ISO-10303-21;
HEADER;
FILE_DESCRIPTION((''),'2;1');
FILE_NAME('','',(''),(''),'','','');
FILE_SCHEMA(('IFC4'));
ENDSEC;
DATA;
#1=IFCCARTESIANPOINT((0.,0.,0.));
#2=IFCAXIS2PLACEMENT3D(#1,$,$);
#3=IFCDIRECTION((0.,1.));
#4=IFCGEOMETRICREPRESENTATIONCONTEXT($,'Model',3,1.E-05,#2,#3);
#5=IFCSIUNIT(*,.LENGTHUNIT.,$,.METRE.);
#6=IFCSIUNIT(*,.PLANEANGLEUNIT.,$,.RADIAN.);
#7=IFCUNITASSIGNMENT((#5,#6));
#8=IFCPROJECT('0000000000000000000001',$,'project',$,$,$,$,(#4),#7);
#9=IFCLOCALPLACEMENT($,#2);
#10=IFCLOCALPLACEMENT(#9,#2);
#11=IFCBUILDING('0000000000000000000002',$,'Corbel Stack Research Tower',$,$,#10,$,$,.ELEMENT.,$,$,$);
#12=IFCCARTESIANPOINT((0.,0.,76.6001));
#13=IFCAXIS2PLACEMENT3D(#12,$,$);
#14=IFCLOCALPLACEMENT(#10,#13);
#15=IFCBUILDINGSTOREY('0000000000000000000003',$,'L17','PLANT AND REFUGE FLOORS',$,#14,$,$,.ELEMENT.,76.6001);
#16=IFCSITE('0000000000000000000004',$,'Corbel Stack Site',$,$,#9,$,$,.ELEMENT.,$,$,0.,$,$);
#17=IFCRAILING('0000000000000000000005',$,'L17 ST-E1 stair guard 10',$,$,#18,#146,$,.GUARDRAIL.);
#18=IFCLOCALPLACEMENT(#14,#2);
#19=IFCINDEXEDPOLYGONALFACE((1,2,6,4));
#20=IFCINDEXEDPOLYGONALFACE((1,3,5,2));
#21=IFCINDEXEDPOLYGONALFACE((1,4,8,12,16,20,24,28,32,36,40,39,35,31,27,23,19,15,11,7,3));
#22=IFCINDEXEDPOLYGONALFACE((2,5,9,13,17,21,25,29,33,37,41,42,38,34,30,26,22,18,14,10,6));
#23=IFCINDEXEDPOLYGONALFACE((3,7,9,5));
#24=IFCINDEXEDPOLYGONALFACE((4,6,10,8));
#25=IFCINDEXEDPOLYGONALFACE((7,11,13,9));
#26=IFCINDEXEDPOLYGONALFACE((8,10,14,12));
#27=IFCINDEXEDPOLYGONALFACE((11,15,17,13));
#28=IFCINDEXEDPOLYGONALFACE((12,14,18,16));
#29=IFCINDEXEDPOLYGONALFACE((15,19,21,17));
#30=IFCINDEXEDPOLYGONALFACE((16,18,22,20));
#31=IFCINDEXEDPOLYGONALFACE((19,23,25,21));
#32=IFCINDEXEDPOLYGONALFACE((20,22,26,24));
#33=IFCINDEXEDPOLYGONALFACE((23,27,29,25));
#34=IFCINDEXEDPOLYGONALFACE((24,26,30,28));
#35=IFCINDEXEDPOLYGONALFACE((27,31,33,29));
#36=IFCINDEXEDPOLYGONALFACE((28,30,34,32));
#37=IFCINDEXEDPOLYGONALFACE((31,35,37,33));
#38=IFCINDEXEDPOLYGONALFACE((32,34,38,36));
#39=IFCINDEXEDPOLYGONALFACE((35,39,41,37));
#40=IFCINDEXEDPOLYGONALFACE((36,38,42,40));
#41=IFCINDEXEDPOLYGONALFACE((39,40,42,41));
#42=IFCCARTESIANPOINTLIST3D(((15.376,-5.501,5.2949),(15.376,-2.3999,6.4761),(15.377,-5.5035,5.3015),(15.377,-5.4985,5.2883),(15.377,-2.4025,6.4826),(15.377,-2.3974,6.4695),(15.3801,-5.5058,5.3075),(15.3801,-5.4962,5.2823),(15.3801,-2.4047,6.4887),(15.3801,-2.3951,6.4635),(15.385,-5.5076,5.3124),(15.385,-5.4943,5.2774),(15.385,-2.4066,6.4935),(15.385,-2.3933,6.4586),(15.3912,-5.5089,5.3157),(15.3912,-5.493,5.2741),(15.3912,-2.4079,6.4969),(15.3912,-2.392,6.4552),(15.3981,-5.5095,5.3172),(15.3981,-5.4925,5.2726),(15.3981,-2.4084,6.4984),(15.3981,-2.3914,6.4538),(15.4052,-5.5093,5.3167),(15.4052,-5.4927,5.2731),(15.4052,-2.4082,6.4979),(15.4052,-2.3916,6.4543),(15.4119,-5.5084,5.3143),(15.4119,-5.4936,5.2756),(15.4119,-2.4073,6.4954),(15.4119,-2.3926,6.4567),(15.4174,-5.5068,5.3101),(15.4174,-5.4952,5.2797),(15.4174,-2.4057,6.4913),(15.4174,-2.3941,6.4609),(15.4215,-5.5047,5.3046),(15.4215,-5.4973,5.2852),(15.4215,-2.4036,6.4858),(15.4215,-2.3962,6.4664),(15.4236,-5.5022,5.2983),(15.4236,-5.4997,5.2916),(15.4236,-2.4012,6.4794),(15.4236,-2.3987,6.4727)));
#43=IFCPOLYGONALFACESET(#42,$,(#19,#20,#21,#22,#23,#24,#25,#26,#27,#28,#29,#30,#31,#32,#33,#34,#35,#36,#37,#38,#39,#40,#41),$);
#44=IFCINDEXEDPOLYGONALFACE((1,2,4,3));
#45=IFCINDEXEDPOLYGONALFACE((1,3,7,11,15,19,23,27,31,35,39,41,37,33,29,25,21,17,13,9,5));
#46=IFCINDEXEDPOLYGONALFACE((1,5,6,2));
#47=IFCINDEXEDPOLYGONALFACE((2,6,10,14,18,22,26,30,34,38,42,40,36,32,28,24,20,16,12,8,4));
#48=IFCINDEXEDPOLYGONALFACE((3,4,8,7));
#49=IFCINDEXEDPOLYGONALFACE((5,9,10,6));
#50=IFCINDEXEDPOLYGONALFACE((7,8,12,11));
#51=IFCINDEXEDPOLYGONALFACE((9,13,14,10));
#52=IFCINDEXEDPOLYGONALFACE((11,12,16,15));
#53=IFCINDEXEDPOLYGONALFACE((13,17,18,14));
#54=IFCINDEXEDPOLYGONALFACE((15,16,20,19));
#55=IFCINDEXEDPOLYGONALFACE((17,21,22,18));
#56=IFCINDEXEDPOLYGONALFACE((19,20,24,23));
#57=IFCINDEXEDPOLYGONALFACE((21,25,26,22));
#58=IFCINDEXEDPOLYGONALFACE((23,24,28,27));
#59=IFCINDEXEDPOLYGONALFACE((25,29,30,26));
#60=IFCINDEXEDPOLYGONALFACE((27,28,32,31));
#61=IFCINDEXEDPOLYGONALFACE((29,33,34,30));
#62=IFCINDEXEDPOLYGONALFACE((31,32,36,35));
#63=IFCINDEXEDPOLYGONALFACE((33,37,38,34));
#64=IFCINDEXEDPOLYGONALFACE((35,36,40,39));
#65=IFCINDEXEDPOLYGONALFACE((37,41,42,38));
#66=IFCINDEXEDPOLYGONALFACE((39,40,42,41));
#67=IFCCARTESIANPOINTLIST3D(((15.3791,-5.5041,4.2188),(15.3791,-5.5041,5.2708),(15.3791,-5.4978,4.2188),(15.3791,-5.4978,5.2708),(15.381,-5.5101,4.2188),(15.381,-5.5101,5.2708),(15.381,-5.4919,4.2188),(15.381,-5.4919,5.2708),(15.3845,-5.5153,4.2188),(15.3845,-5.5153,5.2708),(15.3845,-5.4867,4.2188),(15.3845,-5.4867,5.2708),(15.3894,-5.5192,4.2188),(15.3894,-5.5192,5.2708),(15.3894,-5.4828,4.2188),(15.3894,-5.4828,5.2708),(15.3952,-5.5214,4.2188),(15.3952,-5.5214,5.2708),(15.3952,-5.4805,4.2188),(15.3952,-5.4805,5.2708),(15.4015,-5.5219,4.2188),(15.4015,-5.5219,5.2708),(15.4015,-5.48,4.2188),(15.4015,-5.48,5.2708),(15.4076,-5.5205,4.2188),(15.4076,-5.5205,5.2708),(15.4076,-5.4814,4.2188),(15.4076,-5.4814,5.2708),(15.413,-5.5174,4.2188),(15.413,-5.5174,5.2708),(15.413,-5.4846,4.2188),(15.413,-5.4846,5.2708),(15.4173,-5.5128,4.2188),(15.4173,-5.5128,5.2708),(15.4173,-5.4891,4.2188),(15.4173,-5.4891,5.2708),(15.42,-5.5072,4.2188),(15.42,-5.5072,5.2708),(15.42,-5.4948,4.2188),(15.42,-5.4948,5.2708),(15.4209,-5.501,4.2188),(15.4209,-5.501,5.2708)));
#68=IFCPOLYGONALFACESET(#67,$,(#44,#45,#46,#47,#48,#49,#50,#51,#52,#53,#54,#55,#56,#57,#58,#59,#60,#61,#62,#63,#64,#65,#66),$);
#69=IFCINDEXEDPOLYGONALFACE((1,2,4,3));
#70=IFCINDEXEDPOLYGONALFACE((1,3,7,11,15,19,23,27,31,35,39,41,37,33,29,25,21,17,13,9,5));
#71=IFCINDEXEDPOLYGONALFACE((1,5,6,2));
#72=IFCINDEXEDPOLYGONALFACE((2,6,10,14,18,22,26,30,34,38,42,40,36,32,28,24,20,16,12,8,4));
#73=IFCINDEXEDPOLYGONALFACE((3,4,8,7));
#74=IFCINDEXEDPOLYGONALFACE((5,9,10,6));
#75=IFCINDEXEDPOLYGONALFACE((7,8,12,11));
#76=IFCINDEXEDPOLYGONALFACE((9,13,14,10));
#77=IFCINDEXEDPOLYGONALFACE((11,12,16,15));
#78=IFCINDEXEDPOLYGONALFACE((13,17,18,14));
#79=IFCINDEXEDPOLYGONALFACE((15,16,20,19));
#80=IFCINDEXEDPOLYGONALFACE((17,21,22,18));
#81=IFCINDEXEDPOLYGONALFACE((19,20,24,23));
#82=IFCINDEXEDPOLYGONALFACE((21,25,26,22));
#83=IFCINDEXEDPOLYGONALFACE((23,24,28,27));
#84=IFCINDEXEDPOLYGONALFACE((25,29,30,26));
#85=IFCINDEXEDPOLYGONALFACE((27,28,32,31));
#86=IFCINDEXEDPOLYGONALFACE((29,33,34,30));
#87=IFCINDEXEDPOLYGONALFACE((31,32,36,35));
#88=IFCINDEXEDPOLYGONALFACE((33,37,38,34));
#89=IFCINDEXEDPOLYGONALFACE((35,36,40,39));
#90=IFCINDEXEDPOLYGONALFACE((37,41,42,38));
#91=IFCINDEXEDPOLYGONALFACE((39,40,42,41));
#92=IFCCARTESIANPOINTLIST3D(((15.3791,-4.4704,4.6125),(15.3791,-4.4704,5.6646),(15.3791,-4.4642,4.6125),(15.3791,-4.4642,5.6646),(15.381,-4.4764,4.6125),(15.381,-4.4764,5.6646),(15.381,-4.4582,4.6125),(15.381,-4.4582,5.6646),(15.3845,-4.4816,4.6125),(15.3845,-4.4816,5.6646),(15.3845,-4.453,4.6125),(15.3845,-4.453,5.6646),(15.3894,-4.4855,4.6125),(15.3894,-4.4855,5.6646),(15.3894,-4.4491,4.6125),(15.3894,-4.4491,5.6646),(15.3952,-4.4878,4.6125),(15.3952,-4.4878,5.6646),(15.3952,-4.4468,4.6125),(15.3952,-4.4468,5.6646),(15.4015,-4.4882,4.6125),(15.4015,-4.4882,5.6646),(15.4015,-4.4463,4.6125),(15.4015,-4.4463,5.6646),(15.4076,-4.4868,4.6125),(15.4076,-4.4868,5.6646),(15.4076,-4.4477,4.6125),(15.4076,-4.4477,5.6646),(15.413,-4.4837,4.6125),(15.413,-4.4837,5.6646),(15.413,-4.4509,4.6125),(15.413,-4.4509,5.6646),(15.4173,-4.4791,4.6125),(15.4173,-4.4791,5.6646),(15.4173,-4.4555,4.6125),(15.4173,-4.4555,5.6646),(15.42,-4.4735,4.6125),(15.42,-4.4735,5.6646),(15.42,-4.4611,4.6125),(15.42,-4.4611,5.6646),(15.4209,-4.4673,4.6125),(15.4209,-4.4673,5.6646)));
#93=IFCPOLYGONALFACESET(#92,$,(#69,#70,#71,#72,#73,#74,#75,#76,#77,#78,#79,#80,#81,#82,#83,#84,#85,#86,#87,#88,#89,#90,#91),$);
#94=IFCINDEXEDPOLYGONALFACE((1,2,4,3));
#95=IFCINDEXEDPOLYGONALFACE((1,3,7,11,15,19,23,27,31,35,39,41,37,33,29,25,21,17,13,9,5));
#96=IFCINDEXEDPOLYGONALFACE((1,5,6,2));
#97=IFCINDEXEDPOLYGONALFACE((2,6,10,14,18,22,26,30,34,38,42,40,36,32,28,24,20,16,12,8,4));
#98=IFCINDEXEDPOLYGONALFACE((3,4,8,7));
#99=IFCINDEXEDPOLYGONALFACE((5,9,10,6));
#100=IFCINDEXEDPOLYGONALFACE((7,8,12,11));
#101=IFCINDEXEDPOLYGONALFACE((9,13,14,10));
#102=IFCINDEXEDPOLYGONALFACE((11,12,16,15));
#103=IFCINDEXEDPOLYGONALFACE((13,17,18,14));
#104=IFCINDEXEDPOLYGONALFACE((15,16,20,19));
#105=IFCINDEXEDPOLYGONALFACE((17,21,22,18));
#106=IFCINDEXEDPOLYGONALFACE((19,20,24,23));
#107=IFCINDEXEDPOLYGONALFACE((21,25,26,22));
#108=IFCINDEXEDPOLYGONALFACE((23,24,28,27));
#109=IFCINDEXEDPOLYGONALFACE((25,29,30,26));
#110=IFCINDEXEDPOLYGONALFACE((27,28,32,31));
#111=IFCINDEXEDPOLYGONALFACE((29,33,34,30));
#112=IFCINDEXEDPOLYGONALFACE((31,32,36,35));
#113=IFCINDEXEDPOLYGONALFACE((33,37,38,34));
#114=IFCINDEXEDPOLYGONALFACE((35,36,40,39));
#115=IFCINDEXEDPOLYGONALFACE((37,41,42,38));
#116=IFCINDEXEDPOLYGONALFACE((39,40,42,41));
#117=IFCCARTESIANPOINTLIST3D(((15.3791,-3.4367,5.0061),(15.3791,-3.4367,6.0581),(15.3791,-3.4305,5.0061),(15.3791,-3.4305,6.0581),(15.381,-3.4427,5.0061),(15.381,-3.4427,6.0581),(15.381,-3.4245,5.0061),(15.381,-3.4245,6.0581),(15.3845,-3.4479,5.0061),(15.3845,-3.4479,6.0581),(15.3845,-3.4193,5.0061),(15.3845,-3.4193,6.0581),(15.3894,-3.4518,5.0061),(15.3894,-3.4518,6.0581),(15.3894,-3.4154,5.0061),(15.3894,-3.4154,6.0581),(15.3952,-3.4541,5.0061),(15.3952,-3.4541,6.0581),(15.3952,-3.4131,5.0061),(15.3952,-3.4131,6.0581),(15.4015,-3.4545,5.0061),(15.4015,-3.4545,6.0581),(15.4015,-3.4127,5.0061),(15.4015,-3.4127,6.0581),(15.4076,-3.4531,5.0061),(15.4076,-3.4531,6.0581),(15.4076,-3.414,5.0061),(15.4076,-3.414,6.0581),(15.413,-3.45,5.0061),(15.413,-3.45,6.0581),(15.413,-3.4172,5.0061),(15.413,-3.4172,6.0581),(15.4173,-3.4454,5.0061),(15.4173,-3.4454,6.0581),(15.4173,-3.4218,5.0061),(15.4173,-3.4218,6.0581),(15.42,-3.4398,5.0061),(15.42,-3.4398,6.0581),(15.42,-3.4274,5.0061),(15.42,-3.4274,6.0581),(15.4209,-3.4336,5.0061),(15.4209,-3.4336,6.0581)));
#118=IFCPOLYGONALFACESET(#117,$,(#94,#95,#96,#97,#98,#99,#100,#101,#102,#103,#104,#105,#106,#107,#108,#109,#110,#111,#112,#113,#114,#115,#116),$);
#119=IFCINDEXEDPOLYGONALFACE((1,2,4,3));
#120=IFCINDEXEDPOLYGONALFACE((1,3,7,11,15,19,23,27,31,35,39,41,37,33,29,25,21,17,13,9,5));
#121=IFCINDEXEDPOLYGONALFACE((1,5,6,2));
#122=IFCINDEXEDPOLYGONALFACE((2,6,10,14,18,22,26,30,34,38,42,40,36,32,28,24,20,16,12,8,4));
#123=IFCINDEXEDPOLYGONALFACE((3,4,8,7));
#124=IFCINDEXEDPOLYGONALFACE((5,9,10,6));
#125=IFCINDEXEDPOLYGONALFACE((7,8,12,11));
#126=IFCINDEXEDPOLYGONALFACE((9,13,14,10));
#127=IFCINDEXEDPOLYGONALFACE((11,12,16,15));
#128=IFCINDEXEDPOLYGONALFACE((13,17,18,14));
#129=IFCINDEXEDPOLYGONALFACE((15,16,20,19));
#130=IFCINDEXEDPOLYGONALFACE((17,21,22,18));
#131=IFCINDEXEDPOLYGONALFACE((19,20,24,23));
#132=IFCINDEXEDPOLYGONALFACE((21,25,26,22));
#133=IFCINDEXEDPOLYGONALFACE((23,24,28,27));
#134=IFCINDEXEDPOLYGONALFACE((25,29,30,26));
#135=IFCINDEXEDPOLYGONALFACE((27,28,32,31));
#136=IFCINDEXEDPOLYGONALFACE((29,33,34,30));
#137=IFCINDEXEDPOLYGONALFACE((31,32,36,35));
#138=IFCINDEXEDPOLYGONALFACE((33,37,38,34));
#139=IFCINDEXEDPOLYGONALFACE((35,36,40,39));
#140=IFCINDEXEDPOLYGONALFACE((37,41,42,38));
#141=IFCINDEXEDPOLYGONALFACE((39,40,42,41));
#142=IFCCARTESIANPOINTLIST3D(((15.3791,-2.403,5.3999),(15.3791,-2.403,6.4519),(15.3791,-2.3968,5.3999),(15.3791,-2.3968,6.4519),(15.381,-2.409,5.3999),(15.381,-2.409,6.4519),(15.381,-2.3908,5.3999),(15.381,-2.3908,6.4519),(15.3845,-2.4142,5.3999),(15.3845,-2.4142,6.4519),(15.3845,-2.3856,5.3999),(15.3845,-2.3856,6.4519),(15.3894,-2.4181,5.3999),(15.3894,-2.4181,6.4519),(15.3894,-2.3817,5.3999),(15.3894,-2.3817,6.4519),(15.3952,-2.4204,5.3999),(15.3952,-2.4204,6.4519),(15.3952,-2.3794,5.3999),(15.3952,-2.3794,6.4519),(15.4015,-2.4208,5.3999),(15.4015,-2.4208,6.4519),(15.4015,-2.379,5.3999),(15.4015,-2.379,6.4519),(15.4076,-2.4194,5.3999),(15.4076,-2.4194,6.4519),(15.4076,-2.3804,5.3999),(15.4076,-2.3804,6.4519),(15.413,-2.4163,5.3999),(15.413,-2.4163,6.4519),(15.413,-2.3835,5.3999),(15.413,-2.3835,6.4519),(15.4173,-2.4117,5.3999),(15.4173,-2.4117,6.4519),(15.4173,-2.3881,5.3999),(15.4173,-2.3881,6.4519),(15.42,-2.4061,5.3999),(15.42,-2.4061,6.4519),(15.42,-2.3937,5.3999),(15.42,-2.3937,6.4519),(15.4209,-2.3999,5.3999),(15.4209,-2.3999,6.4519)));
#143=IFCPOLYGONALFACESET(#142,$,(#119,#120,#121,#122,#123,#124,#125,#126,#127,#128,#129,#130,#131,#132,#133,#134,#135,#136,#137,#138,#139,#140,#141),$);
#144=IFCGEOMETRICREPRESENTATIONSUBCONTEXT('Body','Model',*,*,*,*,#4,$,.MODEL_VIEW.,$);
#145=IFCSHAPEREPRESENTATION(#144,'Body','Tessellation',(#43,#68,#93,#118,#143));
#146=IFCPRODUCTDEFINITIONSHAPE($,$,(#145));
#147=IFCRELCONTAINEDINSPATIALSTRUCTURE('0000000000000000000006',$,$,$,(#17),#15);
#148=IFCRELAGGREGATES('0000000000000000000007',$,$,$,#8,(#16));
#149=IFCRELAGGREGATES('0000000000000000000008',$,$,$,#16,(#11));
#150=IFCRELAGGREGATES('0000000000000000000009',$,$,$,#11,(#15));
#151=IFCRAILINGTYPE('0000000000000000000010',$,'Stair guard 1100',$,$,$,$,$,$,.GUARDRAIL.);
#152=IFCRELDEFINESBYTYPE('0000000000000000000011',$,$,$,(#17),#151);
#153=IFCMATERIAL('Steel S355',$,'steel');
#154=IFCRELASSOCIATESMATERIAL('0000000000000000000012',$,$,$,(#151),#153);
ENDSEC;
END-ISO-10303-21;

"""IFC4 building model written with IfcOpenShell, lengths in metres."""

from ifc_helpers import new_model, si_unit, direction, frame, origin, origin_2d, place, context, subcontext, project, spatial, circle, extrude, material, type_object, element, save


model = new_model("IFC4")

# Units and contexts
model_context = context("Model", 3, precision=1e-05, world=origin(), true_north=direction((0.0, 1.0)))
body_context = subcontext(model_context, "Body", "Model", "MODEL_VIEW")
ifc_project = project(units=[si_unit("LENGTHUNIT", "METRE"), si_unit("PLANEANGLEUNIT", "RADIAN")], contexts=[model_context])

# Site, building, storey
site_placement = place(None, origin())
site = spatial("IfcSite", under=ifc_project, at=site_placement, Name="Corbel Stack Site", CompositionType="ELEMENT", RefElevation=0.0)
building_placement = place(site_placement, origin())
building = spatial("IfcBuilding", under=site, at=building_placement, Name="Corbel Stack Research Tower", CompositionType="ELEMENT")
storey_placement = place(building_placement, frame((0.0, 0.0, 76.6001)))
storey = spatial("IfcBuildingStorey", under=building, at=storey_placement, Name="L17", Description="PLANT AND REFUGE FLOORS", CompositionType="ELEMENT", Elevation=76.6001)

# Railing
ifc_material_1 = material(Name="Steel S355", Category="steel")
railing_type = type_object("IfcRailingType", Name="Stair guard 1100", PredefinedType="GUARDRAIL", material=ifc_material_1)
railing_1_placement = place(storey_placement, frame((15.3999, -5.501, 4.2188)))
element("IfcRailing", 1, at=railing_1_placement, inside=storey, type_object=railing_type, Name="L17 ST-E1 stair guard 10", PredefinedType="GUARDRAIL", context=body_context, shape_type="SweptSolid", body=[
    extrude(circle(Radius=0.0239, at=origin_2d()), frame((0.0, 0.0, 1.0762), z_axis=(0.0, 0.934509, 0.35594), x_axis=(-1.0, 0.0, 0.0)), (0.0, 0.0, 1.0), 3.3184),
    extrude(circle(Radius=0.021, at=origin_2d()), origin(), (0.0, 0.0, 1.0), 1.052),
    extrude(circle(Radius=0.021, at=origin_2d()), frame((0.0, 1.0337, 0.3938)), (0.0, 0.0, 1.0), 1.052),
    extrude(circle(Radius=0.021, at=origin_2d()), frame((0.0, 2.0674, 0.7874)), (0.0, 0.0, 1.0), 1.052),
    extrude(circle(Radius=0.021, at=origin_2d()), frame((0.0, 3.1011, 1.1812)), (0.0, 0.0, 1.0), 1.052),
])

save(model, "model.ifc")
